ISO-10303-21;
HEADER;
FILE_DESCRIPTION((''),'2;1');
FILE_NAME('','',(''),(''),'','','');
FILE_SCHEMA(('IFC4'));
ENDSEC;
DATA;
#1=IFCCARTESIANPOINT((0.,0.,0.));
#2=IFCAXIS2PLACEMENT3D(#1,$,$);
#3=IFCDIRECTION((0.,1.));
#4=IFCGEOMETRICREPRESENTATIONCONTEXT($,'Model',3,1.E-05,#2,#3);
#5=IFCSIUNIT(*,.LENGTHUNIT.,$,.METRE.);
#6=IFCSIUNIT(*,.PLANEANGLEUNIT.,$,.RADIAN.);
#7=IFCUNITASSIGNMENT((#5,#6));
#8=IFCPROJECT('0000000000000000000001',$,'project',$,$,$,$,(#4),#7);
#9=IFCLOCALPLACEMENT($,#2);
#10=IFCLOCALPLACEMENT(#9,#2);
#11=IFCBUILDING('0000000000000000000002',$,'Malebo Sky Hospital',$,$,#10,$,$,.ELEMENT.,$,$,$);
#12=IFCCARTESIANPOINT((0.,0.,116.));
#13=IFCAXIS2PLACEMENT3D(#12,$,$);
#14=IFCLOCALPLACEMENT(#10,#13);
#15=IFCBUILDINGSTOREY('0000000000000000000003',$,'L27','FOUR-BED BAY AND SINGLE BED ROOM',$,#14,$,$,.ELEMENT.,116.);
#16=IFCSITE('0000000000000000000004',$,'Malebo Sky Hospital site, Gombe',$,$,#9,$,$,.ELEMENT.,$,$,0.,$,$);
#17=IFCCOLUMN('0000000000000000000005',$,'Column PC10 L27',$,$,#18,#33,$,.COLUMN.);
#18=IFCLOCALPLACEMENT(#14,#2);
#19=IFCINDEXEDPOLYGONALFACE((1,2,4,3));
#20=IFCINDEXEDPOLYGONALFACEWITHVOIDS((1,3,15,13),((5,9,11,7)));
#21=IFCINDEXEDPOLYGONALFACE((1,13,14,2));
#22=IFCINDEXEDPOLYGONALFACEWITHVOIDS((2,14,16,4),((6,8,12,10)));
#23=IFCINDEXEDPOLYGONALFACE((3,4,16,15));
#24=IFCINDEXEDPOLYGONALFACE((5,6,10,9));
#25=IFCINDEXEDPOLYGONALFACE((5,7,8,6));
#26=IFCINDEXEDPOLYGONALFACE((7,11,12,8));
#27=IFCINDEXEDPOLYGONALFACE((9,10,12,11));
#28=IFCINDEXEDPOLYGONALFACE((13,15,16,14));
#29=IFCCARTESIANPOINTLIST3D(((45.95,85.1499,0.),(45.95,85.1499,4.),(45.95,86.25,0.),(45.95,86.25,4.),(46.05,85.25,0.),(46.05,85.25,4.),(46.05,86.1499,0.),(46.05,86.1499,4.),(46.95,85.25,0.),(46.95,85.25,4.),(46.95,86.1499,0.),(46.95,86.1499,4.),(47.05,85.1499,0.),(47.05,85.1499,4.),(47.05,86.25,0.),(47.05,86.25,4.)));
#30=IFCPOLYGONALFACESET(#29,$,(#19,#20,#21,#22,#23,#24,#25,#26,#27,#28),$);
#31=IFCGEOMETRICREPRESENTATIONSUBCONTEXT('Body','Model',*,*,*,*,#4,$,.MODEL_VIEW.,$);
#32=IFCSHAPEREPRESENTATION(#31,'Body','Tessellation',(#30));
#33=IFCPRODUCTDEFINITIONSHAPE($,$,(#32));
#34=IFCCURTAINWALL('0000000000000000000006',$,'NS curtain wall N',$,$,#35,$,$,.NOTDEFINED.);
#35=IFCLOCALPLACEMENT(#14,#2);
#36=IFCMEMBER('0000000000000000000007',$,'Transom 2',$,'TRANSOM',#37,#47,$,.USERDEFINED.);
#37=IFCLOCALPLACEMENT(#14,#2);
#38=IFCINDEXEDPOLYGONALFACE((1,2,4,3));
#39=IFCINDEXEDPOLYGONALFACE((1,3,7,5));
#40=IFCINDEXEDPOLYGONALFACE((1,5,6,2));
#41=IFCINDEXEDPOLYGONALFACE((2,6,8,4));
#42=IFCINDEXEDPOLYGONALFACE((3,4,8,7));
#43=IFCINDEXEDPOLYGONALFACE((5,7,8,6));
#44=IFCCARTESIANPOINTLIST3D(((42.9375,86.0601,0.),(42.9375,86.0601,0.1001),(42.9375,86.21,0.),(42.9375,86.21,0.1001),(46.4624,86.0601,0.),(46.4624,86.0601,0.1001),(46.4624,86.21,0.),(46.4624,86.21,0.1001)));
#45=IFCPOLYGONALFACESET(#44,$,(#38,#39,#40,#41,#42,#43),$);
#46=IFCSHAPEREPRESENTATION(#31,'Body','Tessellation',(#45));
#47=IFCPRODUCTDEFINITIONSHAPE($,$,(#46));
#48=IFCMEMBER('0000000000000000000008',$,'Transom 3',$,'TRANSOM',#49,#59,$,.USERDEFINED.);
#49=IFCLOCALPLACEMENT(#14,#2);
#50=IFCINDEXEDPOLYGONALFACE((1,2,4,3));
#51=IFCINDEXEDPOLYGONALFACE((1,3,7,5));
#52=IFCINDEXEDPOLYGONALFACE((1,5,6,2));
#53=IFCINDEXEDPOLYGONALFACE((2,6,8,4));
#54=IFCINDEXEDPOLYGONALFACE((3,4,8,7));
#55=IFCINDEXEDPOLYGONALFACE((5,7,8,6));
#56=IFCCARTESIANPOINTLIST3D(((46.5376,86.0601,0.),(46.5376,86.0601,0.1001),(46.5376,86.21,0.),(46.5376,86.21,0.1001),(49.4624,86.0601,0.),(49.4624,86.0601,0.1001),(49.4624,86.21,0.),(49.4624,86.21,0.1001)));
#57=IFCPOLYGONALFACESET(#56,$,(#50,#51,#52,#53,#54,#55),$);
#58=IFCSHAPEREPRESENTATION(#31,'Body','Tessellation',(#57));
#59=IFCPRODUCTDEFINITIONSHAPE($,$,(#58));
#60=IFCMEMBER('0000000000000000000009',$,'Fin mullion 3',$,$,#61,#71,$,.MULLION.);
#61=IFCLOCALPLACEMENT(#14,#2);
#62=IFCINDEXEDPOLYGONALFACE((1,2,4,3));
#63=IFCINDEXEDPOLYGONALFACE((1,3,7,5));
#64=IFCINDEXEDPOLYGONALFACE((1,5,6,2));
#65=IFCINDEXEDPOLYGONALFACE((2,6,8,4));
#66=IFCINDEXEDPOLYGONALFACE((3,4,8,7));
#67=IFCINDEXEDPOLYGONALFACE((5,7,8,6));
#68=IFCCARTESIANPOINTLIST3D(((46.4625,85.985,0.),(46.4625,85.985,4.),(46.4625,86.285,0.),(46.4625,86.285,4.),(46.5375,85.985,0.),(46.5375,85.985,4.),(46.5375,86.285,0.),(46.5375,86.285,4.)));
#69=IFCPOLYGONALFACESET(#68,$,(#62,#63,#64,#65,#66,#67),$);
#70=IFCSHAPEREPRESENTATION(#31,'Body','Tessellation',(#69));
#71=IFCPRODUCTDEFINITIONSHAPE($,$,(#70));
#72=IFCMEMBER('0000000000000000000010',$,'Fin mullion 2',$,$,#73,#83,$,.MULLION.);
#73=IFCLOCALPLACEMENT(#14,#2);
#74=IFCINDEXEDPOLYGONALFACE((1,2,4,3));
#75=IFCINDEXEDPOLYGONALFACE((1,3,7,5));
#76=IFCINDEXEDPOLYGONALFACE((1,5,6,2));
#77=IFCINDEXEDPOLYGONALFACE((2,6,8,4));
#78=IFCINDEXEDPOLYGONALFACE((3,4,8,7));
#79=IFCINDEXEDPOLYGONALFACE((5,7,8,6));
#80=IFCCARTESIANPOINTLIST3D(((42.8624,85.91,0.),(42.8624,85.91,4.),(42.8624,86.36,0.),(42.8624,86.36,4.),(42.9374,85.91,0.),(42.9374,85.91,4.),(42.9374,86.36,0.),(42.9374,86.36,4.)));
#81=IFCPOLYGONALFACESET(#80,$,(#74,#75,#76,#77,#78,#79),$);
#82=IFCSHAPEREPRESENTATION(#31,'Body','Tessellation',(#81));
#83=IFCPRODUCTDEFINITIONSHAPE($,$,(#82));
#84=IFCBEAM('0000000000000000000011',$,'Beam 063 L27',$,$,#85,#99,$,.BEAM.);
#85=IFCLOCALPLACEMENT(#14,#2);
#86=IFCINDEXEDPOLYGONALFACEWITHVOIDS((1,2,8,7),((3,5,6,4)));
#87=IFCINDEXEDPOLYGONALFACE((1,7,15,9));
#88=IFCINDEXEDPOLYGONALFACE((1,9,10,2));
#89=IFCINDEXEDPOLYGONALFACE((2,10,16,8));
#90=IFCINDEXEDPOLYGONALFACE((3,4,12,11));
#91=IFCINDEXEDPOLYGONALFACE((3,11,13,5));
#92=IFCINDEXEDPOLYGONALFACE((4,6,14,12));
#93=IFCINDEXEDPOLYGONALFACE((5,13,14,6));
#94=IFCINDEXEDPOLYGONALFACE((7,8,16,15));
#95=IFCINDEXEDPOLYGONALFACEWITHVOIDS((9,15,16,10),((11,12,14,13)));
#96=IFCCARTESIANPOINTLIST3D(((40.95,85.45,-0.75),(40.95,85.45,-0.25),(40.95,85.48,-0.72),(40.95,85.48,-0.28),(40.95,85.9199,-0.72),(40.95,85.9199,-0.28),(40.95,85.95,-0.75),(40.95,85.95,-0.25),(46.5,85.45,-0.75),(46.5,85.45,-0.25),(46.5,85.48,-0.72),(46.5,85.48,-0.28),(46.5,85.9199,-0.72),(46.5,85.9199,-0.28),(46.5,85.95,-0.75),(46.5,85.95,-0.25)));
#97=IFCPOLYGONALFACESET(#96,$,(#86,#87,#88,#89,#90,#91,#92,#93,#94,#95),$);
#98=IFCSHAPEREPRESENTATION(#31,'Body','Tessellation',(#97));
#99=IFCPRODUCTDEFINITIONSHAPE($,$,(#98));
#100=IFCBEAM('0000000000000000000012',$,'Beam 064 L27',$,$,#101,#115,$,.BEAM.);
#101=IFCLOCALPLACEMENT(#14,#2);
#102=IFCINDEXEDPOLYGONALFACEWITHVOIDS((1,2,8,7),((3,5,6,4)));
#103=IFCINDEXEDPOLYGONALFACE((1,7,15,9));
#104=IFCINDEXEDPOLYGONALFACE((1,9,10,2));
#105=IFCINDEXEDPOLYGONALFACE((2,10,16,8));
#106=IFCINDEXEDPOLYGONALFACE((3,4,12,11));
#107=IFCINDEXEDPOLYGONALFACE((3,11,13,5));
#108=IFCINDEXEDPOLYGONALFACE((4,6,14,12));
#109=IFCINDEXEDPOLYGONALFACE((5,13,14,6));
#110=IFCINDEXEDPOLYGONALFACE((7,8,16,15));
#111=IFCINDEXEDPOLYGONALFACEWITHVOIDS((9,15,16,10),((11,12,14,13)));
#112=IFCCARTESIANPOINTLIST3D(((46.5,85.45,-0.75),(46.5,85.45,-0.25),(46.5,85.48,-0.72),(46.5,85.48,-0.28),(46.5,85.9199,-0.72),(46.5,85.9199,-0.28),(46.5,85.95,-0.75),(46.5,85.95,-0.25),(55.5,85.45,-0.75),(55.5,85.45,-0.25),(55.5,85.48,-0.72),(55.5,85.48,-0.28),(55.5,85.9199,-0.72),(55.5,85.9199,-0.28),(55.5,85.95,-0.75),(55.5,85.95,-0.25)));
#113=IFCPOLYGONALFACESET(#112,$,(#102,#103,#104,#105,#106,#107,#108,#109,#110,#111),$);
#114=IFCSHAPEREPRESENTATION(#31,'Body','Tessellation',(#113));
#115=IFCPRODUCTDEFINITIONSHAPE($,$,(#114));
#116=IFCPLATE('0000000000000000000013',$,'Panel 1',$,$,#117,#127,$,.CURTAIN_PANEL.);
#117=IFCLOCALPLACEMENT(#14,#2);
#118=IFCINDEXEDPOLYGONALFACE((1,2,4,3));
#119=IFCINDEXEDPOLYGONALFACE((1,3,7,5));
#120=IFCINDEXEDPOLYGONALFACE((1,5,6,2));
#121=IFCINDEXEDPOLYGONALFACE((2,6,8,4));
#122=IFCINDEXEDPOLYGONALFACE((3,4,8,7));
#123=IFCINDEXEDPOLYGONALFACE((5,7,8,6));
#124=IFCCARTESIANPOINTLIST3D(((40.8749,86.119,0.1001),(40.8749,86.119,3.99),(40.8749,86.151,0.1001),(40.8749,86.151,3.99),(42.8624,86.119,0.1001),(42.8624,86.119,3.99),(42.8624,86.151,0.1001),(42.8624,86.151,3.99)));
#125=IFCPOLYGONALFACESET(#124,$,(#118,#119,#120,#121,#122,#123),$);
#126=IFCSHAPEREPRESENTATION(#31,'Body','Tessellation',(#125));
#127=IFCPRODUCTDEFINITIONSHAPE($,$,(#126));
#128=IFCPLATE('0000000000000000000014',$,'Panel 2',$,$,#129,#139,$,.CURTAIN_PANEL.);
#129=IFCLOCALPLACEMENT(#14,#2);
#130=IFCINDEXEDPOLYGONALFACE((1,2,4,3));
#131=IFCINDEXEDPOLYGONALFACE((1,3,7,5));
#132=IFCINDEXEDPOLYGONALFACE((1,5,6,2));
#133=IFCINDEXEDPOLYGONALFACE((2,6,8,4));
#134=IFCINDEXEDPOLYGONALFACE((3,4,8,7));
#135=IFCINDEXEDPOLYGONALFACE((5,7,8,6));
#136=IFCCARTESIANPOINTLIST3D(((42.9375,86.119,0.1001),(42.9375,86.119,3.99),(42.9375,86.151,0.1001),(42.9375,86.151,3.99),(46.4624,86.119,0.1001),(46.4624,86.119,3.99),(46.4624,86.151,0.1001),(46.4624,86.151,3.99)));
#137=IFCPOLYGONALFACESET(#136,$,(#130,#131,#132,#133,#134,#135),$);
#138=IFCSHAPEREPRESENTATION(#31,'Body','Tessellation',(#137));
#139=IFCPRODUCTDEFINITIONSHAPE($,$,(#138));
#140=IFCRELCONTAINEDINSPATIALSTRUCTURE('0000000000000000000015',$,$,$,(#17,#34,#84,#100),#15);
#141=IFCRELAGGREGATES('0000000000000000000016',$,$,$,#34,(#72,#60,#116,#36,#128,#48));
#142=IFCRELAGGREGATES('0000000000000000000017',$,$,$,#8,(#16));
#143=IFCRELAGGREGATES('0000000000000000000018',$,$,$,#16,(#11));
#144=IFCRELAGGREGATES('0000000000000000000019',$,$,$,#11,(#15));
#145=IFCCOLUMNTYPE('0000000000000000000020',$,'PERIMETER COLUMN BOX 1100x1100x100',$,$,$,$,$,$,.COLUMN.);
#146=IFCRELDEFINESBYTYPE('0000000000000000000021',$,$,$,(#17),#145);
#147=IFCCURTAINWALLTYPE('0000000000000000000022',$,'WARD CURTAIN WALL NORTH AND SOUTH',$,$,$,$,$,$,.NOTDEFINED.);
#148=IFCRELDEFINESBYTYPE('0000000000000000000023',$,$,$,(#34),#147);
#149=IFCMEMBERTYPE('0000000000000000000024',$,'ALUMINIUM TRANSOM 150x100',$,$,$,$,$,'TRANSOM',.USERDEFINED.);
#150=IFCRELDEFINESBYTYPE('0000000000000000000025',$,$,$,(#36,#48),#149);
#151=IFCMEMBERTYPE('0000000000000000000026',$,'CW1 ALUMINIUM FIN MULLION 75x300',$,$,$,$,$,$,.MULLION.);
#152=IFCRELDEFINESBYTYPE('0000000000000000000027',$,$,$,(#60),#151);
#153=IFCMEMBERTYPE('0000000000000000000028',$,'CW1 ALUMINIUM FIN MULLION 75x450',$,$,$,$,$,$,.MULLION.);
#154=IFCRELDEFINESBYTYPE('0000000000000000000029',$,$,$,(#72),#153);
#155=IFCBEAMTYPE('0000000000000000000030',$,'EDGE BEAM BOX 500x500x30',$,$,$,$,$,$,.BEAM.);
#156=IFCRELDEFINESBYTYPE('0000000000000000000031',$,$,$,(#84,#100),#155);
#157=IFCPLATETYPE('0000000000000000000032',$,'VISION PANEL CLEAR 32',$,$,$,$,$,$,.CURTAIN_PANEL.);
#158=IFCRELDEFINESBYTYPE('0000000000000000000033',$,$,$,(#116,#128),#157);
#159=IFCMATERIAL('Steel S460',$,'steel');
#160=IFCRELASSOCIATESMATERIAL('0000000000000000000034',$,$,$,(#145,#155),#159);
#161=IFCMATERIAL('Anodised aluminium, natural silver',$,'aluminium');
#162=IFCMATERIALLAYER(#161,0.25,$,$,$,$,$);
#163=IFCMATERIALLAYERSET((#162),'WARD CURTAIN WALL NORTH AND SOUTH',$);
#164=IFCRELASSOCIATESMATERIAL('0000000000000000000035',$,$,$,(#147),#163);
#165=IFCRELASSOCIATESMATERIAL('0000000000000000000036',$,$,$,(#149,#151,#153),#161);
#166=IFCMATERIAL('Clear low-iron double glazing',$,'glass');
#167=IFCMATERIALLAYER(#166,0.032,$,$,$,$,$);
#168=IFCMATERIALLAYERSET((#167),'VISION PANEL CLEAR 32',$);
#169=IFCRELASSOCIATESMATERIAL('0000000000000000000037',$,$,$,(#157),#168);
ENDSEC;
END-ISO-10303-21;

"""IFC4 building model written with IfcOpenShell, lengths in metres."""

from ifc_helpers import new_model, si_unit, direction, frame, origin, origin_2d, place, context, subcontext, project, spatial, rectangle, hollow_rectangle, extrude, material, layer, layer_set, material_profile, profile_set, type_object, element, aggregate, save


model = new_model("IFC4")

# Units and contexts
model_context = context("Model", 3, precision=1e-05, world=origin(), true_north=direction((0.0, 1.0)))
body_context = subcontext(model_context, "Body", "Model", "MODEL_VIEW")
ifc_project = project(units=[si_unit("LENGTHUNIT", "METRE"), si_unit("PLANEANGLEUNIT", "RADIAN")], contexts=[model_context])

# Site, building, storey
site_placement = place(None, origin())
site = spatial("IfcSite", under=ifc_project, at=site_placement, Name="Malebo Sky Hospital site, Gombe", CompositionType="ELEMENT", RefElevation=0.0)
building_placement = place(site_placement, origin())
building = spatial("IfcBuilding", under=site, at=building_placement, Name="Malebo Sky Hospital", CompositionType="ELEMENT")
storey_placement = place(building_placement, frame((0.0, 0.0, 116.0)))
storey = spatial("IfcBuildingStorey", under=building, at=storey_placement, Name="L27", Description="FOUR-BED BAY AND SINGLE BED ROOM", CompositionType="ELEMENT", Elevation=116.0)

# Column
ifc_material_1 = material(Name="Steel S460", Category="steel")
ifc_material_profile_1 = material_profile(ifc_material_1, hollow_rectangle(XDim=1.1001, YDim=1.1001, WallThickness=0.1001, at=origin_2d()), Name="BOX 1100x1100x100")
ifc_profile_set_1 = profile_set([ifc_material_profile_1], Name="Steel S460")
column_type = type_object("IfcColumnType", Name="PERIMETER COLUMN BOX 1100x1100x100", PredefinedType="COLUMN", material=ifc_profile_set_1)
column_placement = place(storey_placement, frame((46.5, 85.7, 0.0), z_axis=(0.0, 0.0, 1.0), x_axis=(1.0, 0.0, 0.0)))
element("IfcColumn", 1, at=column_placement, inside=storey, type_object=column_type, Name="Column PC10 L27", PredefinedType="COLUMN", context=body_context, shape_type="SweptSolid", body=[
    extrude(hollow_rectangle(XDim=1.1001, YDim=1.1001, WallThickness=0.1001, at=origin_2d()), origin(), (0.0, 0.0, 1.0), 4.0),
])

# Curtain wall, members
ifc_material_2 = material(Name="Anodised aluminium, natural silver", Category="aluminium")
ifc_layer_1 = layer(ifc_material_2, 0.25)
ifc_layer_set_1 = layer_set([ifc_layer_1], Name="WARD CURTAIN WALL NORTH AND SOUTH")
curtain_wall_type = type_object("IfcCurtainWallType", Name="WARD CURTAIN WALL NORTH AND SOUTH", PredefinedType="NOTDEFINED", material=ifc_layer_set_1)
curtain_wall_placement = place(storey_placement, origin())
curtain_wall = element("IfcCurtainWall", 2, at=curtain_wall_placement, inside=storey, type_object=curtain_wall_type, Name="NS curtain wall N", PredefinedType="NOTDEFINED")
ifc_material_profile_2 = material_profile(ifc_material_2, rectangle(XDim=0.1499, YDim=0.1001, at=origin_2d()), Name="ALUMINIUM TRANSOM 150x100")
ifc_profile_set_2 = profile_set([ifc_material_profile_2], Name="Anodised aluminium, natural silver")
member_type_1 = type_object("IfcMemberType", Name="ALUMINIUM TRANSOM 150x100", ElementType="TRANSOM", PredefinedType="USERDEFINED", material=ifc_profile_set_2)
member_1_placement = place(storey_placement, frame((42.9375, 86.135, 0.05), z_axis=(1.0, 0.0, 0.0), x_axis=(0.0, 1.0, 0.0)))
member_1 = element("IfcMember", 3, at=member_1_placement, type_object=member_type_1, Name="Transom 2", ObjectType="TRANSOM", PredefinedType="USERDEFINED", context=body_context, shape_type="SweptSolid", body=[
    extrude(rectangle(XDim=0.1499, YDim=0.1001, at=origin_2d()), origin(), (0.0, 0.0, 1.0), 3.5249),
])
member_2_placement = place(storey_placement, frame((46.5376, 86.135, 0.05), z_axis=(1.0, 0.0, 0.0), x_axis=(0.0, 1.0, 0.0)))
member_2 = element("IfcMember", 4, at=member_2_placement, type_object=member_type_1, Name="Transom 3", ObjectType="TRANSOM", PredefinedType="USERDEFINED", context=body_context, shape_type="SweptSolid", body=[
    extrude(rectangle(XDim=0.1499, YDim=0.1001, at=origin_2d()), origin(), (0.0, 0.0, 1.0), 2.9248),
])
ifc_material_profile_3 = material_profile(ifc_material_2, rectangle(XDim=0.075, YDim=0.3, at=origin_2d()), Name="CW1 ALUMINIUM FIN MULLION 75x300")
ifc_profile_set_3 = profile_set([ifc_material_profile_3], Name="Anodised aluminium, natural silver")
member_type_2 = type_object("IfcMemberType", Name="CW1 ALUMINIUM FIN MULLION 75x300", PredefinedType="MULLION", material=ifc_profile_set_3)
member_3_placement = place(storey_placement, frame((46.5, 86.135, 0.0), z_axis=(0.0, 0.0, 1.0), x_axis=(1.0, 0.0, 0.0)))
member_3 = element("IfcMember", 5, at=member_3_placement, type_object=member_type_2, Name="Fin mullion 3", PredefinedType="MULLION", context=body_context, shape_type="SweptSolid", body=[
    extrude(rectangle(XDim=0.075, YDim=0.3, at=origin_2d()), origin(), (0.0, 0.0, 1.0), 4.0),
])
ifc_material_profile_4 = material_profile(ifc_material_2, rectangle(XDim=0.075, YDim=0.45, at=origin_2d()), Name="CW1 ALUMINIUM FIN MULLION 75x450")
ifc_profile_set_4 = profile_set([ifc_material_profile_4], Name="Anodised aluminium, natural silver")
member_type_3 = type_object("IfcMemberType", Name="CW1 ALUMINIUM FIN MULLION 75x450", PredefinedType="MULLION", material=ifc_profile_set_4)
member_4_placement = place(storey_placement, frame((42.8999, 86.135, 0.0), z_axis=(0.0, 0.0, 1.0), x_axis=(1.0, 0.0, 0.0)))
member_4 = element("IfcMember", 6, at=member_4_placement, type_object=member_type_3, Name="Fin mullion 2", PredefinedType="MULLION", context=body_context, shape_type="SweptSolid", body=[
    extrude(rectangle(XDim=0.075, YDim=0.45, at=origin_2d()), origin(), (0.0, 0.0, 1.0), 4.0),
])

# Beams
ifc_material_profile_5 = material_profile(ifc_material_1, hollow_rectangle(XDim=0.5, YDim=0.5, WallThickness=0.03, at=origin_2d()), Name="BOX 500x500x30")
ifc_profile_set_5 = profile_set([ifc_material_profile_5], Name="Steel S460")
beam_type = type_object("IfcBeamType", Name="EDGE BEAM BOX 500x500x30", PredefinedType="BEAM", material=ifc_profile_set_5)
beam_1_placement = place(storey_placement, frame((40.95, 85.7, -0.5), z_axis=(1.0, 0.0, 0.0), x_axis=(0.0, 1.0, 0.0)))
element("IfcBeam", 7, at=beam_1_placement, inside=storey, type_object=beam_type, Name="Beam 063 L27", PredefinedType="BEAM", context=body_context, shape_type="SweptSolid", body=[
    extrude(hollow_rectangle(XDim=0.5, YDim=0.5, WallThickness=0.03, at=origin_2d()), origin(), (0.0, 0.0, 1.0), 5.55),
])
beam_2_placement = place(storey_placement, frame((46.5, 85.7, -0.5), z_axis=(1.0, 0.0, 0.0), x_axis=(0.0, 1.0, 0.0)))
element("IfcBeam", 8, at=beam_2_placement, inside=storey, type_object=beam_type, Name="Beam 064 L27", PredefinedType="BEAM", context=body_context, shape_type="SweptSolid", body=[
    extrude(hollow_rectangle(XDim=0.5, YDim=0.5, WallThickness=0.03, at=origin_2d()), origin(), (0.0, 0.0, 1.0), 9.0),
])

# Plates
ifc_material_3 = material(Name="Clear low-iron double glazing", Category="glass")
ifc_layer_2 = layer(ifc_material_3, 0.032)
ifc_layer_set_2 = layer_set([ifc_layer_2], Name="VISION PANEL CLEAR 32")
plate_type = type_object("IfcPlateType", Name="VISION PANEL CLEAR 32", PredefinedType="CURTAIN_PANEL", material=ifc_layer_set_2)
plate_1_placement = place(storey_placement, frame((41.8687, 86.135, 0.1001), z_axis=(0.0, 0.0, 1.0), x_axis=(1.0, 0.0, 0.0)))
plate_1 = element("IfcPlate", 9, at=plate_1_placement, type_object=plate_type, Name="Panel 1", PredefinedType="CURTAIN_PANEL", context=body_context, shape_type="SweptSolid", body=[
    extrude(rectangle(XDim=1.9875, YDim=0.032, at=origin_2d()), origin(), (0.0, 0.0, 1.0), 3.8899),
])
plate_2_placement = place(storey_placement, frame((44.7, 86.135, 0.1001), z_axis=(0.0, 0.0, 1.0), x_axis=(1.0, 0.0, 0.0)))
plate_2 = element("IfcPlate", 10, at=plate_2_placement, type_object=plate_type, Name="Panel 2", PredefinedType="CURTAIN_PANEL", context=body_context, shape_type="SweptSolid", body=[
    extrude(rectangle(XDim=3.5249, YDim=0.032, at=origin_2d()), origin(), (0.0, 0.0, 1.0), 3.8899),
])
aggregate(curtain_wall, [member_4, member_3, plate_1, member_1, plate_2, member_2])

save(model, "model.ifc")
